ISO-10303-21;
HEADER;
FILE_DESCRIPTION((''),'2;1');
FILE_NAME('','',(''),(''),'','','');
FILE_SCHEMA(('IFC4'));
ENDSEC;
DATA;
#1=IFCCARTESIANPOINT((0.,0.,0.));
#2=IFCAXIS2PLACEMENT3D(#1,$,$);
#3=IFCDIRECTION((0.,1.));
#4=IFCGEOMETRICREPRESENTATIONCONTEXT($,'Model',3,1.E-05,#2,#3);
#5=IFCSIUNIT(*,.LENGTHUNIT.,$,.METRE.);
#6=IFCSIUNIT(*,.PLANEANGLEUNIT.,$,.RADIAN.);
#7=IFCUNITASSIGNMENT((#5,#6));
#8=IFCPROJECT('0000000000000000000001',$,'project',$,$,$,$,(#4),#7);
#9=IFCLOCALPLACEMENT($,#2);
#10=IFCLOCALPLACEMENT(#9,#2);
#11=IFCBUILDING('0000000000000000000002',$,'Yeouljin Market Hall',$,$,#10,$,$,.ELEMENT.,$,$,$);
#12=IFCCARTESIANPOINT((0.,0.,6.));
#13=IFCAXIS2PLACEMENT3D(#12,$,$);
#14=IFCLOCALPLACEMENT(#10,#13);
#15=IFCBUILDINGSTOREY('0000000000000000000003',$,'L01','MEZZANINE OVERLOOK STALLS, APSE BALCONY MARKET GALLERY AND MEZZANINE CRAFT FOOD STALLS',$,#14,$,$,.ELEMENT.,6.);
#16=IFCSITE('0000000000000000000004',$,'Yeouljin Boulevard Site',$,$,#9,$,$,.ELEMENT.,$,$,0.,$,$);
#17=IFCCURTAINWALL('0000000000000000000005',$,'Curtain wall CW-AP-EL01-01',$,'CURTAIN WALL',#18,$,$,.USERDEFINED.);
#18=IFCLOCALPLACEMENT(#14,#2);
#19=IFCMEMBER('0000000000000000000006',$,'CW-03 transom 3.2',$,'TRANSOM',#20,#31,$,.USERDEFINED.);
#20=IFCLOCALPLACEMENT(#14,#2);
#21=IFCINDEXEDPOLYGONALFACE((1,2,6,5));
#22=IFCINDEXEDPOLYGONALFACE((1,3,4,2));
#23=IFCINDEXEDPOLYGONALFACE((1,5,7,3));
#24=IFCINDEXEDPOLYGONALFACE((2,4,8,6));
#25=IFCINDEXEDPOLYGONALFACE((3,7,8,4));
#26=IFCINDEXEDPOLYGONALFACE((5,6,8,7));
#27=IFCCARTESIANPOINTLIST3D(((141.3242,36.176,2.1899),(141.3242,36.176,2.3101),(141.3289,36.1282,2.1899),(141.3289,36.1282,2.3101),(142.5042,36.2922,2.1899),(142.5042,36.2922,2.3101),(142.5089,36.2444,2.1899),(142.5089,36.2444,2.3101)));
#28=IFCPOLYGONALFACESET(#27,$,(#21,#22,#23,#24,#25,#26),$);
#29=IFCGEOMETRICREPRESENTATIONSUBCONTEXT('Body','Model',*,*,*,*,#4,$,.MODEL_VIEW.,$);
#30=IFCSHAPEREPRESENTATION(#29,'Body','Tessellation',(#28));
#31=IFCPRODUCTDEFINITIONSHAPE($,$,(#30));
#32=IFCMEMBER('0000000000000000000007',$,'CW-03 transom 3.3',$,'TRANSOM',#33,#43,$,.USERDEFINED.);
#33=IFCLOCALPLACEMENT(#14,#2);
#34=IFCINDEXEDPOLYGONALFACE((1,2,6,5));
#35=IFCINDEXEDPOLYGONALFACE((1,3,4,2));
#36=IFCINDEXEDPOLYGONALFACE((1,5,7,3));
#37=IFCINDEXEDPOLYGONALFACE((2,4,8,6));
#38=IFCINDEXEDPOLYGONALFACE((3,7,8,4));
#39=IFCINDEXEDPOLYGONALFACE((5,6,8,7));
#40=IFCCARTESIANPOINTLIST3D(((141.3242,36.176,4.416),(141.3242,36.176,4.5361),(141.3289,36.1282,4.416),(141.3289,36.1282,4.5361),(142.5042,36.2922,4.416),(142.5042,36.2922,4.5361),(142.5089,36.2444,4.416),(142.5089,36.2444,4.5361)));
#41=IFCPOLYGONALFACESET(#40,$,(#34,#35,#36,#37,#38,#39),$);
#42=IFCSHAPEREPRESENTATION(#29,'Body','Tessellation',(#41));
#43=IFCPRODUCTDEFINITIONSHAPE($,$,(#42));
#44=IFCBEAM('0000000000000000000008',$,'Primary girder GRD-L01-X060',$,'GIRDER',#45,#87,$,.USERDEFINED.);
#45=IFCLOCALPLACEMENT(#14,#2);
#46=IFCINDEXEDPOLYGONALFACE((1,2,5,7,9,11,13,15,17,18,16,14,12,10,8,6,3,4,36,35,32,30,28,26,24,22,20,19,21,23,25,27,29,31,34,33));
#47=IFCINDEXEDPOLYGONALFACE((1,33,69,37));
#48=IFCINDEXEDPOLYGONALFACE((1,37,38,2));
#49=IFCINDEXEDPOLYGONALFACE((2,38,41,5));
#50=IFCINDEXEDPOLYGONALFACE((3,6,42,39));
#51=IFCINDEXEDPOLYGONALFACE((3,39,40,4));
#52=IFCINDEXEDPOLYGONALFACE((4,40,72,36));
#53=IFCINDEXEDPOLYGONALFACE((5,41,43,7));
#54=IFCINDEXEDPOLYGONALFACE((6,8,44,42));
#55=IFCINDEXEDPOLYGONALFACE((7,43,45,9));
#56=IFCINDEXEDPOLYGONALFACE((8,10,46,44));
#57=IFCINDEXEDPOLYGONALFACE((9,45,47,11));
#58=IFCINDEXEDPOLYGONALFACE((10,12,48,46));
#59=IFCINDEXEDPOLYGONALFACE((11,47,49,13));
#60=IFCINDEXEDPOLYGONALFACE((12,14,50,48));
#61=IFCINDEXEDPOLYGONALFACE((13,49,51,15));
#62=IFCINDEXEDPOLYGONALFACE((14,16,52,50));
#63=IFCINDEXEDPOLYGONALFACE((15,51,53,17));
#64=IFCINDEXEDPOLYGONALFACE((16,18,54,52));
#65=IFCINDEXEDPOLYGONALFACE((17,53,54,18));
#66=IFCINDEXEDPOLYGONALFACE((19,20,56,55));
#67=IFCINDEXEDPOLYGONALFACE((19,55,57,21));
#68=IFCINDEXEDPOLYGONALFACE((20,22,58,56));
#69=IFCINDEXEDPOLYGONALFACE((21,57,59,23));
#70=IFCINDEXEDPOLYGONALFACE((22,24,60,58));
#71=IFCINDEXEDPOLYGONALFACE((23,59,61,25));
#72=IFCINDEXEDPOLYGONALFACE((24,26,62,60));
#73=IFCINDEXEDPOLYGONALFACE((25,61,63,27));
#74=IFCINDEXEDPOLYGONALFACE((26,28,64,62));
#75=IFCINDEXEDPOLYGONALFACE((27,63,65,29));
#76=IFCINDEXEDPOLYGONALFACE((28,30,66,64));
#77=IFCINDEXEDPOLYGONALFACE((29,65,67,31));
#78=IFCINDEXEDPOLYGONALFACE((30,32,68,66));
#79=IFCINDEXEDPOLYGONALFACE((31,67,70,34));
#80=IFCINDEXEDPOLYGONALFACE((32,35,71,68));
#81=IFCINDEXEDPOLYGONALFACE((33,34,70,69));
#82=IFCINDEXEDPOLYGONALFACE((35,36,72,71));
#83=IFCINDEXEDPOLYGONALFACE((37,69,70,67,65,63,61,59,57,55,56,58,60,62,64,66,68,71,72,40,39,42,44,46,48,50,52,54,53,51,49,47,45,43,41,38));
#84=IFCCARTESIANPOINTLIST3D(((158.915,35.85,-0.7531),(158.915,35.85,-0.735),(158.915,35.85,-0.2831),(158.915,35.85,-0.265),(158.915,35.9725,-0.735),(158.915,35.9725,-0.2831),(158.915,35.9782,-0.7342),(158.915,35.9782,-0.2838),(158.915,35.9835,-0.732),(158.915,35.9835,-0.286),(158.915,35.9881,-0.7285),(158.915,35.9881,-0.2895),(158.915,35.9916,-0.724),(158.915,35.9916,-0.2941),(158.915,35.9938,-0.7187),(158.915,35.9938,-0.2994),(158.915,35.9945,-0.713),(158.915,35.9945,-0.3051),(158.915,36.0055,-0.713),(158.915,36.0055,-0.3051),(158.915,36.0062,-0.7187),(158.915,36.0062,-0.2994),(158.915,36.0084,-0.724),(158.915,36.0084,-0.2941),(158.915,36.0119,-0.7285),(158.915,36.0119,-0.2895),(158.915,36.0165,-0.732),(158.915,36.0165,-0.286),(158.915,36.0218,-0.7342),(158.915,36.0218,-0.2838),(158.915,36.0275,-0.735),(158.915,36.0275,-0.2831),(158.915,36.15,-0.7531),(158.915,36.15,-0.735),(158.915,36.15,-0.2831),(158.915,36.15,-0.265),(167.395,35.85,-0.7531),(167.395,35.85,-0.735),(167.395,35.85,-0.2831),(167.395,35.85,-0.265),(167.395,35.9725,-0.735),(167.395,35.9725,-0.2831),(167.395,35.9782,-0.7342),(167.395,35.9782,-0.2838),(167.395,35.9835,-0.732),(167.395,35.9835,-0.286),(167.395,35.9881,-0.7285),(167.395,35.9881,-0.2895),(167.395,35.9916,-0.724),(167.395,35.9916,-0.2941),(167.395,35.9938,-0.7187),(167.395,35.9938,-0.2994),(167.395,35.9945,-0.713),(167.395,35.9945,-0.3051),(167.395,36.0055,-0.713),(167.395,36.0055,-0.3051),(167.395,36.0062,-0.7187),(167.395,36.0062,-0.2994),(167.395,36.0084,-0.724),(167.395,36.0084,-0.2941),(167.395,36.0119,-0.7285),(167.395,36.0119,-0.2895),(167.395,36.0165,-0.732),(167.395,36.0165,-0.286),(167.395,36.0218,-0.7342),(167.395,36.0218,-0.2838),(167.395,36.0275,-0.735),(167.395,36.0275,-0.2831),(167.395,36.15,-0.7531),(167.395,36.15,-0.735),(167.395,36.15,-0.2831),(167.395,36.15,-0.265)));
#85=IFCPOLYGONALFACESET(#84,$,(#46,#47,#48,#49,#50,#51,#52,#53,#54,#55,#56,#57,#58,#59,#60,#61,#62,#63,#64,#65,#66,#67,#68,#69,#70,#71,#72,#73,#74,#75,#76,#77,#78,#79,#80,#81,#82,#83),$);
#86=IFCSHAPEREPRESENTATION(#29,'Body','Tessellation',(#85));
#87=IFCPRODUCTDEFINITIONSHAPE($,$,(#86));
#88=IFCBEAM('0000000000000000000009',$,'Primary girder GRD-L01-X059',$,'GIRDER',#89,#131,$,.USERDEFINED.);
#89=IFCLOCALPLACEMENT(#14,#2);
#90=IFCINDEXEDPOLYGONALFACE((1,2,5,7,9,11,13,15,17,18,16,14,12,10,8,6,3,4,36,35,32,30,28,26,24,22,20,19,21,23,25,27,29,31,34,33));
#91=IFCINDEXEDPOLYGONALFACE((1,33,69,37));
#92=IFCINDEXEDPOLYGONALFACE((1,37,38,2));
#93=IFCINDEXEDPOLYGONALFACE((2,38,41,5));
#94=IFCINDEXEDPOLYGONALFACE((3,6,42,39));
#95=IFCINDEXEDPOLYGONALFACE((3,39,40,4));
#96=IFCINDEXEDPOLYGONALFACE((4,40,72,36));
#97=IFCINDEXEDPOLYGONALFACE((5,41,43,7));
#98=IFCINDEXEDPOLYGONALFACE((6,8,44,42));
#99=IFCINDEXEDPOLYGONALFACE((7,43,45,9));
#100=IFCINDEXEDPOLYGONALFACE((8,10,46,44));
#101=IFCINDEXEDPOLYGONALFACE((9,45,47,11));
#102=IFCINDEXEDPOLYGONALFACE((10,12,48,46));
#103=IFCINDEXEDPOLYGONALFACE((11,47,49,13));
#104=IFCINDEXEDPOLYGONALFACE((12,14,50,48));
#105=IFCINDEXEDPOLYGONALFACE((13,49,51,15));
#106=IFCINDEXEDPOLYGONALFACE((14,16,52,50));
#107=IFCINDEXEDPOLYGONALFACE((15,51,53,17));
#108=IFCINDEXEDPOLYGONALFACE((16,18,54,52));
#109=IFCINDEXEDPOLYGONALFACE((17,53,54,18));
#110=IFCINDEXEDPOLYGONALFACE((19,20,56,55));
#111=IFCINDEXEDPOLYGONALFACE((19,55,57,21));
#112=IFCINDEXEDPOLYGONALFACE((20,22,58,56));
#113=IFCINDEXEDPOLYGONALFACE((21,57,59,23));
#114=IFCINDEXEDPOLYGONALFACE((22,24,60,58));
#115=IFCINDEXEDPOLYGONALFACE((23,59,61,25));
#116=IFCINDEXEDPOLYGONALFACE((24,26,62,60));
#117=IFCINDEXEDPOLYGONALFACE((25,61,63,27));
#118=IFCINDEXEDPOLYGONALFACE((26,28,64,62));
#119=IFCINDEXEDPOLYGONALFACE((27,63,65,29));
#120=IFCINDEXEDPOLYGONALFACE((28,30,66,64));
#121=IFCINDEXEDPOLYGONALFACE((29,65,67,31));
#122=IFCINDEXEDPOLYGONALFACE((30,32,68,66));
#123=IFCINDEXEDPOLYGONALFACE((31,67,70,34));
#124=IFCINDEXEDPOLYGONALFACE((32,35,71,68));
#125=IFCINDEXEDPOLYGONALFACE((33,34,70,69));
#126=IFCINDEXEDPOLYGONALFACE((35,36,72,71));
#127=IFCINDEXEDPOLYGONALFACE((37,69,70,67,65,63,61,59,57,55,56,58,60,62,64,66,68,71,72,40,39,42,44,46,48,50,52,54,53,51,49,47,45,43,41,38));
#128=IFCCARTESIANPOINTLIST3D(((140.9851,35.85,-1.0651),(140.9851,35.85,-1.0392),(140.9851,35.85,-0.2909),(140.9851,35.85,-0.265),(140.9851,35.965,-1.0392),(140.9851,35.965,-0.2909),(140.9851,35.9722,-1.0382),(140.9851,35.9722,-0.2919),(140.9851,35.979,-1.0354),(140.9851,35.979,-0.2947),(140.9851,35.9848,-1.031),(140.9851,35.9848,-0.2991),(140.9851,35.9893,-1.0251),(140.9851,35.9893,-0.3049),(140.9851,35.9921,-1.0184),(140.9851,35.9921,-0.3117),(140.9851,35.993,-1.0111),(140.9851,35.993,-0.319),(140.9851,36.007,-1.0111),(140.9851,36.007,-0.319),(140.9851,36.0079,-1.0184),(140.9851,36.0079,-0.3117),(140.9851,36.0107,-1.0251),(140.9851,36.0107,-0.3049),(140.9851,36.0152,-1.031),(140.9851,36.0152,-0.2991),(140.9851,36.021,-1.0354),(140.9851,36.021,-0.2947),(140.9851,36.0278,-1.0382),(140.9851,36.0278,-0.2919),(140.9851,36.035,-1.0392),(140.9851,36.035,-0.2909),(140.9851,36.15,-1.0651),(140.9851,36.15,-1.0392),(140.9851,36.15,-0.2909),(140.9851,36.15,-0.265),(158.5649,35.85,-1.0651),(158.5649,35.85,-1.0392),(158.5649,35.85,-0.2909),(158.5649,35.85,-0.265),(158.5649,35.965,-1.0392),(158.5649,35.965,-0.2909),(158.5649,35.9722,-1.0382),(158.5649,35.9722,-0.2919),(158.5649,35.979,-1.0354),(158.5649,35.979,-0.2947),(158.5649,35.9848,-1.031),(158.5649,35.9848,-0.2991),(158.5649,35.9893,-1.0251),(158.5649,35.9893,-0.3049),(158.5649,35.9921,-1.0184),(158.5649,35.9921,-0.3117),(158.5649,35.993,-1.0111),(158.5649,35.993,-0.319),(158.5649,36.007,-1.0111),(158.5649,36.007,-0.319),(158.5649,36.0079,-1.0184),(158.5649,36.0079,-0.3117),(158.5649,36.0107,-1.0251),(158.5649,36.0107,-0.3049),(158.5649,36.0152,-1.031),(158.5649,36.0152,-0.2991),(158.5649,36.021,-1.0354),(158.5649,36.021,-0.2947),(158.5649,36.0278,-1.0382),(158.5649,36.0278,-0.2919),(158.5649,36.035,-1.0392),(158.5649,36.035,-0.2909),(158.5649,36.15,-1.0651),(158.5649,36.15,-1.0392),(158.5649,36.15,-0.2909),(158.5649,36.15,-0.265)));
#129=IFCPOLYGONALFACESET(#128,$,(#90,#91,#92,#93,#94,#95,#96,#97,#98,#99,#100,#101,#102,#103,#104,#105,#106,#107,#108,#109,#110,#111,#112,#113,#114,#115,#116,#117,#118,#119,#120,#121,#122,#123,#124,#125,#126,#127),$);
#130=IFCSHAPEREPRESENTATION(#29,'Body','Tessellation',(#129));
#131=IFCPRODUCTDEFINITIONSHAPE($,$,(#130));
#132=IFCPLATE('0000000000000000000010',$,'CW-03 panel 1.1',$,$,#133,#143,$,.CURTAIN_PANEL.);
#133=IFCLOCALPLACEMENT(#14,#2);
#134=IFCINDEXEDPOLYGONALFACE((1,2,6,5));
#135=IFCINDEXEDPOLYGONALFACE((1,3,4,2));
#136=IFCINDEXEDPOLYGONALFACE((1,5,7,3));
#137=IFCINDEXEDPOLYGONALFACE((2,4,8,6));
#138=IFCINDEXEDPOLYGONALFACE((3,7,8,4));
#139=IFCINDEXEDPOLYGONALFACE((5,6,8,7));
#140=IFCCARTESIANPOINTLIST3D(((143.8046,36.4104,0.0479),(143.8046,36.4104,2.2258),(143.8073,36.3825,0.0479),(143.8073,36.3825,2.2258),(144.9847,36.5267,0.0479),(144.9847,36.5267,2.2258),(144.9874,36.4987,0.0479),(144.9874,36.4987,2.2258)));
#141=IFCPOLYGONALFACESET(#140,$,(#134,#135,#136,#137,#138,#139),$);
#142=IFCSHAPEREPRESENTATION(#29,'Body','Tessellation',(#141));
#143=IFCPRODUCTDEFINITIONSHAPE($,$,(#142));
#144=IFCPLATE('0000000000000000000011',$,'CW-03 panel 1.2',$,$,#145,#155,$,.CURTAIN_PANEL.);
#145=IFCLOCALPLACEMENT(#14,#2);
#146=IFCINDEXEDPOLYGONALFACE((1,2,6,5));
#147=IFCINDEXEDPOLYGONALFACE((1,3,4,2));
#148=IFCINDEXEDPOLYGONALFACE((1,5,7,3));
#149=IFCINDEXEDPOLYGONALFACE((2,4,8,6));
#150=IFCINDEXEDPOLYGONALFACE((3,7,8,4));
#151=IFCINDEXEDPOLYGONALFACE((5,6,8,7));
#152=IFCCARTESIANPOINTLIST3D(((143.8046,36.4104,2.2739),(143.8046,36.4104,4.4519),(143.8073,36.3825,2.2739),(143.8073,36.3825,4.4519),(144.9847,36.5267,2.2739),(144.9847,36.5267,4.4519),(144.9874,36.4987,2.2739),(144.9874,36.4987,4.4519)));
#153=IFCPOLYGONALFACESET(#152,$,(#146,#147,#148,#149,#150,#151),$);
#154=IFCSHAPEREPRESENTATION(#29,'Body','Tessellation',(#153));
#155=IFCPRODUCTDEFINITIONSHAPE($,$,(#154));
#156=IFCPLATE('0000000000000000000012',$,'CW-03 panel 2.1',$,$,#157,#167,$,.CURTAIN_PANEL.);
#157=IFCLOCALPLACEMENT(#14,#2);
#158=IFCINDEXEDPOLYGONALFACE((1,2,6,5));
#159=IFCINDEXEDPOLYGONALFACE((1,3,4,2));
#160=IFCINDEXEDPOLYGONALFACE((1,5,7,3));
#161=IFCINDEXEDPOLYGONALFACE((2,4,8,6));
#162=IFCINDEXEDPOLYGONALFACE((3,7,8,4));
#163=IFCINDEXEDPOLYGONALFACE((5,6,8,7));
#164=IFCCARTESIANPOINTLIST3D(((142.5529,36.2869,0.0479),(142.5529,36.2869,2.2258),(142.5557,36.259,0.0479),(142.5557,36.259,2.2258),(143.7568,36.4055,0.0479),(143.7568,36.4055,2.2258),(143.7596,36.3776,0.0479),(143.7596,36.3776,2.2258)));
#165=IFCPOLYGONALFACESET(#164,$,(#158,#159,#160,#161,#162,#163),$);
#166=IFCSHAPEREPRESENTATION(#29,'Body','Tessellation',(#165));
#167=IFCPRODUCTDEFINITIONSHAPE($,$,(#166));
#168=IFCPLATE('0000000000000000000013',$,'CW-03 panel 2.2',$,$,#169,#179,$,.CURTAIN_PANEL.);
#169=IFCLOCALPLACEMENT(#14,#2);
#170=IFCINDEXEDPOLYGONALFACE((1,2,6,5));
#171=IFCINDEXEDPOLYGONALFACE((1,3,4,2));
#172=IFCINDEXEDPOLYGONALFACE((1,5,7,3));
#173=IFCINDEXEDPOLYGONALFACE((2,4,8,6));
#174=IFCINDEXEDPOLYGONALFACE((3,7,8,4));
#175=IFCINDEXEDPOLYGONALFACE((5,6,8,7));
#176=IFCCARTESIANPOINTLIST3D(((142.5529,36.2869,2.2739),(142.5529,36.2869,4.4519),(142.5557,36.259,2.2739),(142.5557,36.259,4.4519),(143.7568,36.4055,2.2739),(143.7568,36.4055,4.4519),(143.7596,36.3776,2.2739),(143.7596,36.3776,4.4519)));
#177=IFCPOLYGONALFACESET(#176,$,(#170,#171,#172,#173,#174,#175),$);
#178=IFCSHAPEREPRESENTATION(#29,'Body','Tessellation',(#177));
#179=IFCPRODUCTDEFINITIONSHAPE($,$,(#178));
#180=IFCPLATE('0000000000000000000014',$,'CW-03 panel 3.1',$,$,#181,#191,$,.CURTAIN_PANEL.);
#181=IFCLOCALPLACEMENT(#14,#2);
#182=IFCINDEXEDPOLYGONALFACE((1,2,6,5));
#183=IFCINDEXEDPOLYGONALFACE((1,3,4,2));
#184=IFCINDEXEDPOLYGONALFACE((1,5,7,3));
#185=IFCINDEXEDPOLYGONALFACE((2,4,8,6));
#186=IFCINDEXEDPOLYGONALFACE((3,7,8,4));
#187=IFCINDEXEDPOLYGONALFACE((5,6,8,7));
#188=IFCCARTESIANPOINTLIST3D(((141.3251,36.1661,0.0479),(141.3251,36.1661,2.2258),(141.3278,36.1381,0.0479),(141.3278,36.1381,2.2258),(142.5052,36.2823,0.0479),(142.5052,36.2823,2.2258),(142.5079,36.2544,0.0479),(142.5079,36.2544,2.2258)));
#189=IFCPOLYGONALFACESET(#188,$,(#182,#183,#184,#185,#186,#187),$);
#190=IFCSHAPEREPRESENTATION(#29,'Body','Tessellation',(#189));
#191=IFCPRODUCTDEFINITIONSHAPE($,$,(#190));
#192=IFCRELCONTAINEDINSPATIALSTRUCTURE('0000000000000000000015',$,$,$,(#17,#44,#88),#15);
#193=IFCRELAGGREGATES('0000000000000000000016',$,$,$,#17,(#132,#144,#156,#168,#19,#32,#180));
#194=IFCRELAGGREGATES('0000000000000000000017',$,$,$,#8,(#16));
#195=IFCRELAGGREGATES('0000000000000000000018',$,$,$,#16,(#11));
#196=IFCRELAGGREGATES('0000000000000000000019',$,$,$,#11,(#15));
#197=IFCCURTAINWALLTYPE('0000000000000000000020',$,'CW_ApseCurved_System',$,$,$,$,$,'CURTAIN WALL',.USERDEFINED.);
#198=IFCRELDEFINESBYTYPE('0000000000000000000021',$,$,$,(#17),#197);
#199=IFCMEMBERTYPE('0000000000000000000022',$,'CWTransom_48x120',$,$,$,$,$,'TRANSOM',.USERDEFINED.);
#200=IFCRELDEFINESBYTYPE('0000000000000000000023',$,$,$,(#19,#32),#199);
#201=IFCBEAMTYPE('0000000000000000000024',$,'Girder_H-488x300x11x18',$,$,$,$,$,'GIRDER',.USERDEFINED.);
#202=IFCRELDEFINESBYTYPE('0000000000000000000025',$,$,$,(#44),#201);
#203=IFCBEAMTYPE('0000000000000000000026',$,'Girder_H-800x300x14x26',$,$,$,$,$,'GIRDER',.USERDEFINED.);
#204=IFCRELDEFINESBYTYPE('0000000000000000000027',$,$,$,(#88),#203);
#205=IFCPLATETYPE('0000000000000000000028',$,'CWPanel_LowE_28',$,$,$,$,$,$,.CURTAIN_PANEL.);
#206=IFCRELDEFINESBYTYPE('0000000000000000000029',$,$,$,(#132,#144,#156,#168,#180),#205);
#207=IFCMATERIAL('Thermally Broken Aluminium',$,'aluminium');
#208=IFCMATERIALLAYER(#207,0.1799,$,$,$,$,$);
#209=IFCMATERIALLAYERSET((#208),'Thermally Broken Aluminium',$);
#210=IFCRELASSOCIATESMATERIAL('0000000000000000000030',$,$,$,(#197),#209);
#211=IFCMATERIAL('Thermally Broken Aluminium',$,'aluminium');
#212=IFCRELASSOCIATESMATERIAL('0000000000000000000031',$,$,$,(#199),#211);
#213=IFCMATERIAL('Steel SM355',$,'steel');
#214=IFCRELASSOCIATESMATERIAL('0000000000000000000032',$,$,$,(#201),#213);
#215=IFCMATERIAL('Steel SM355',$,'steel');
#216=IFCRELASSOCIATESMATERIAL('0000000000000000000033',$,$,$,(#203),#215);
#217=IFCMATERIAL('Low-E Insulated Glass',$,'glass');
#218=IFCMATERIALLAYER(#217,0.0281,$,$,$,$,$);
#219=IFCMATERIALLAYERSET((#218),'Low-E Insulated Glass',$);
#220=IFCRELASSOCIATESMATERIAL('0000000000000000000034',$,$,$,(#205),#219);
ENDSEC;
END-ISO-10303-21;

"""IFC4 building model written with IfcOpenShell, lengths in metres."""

from ifc_helpers import new_model, si_unit, direction, frame, origin, origin_2d, place, context, subcontext, project, spatial, rectangle, i_section, extrude, material, layer, layer_set, material_profile, profile_set, type_object, element, aggregate, save


model = new_model("IFC4")

# Units and contexts
model_context = context("Model", 3, precision=1e-05, world=origin(), true_north=direction((0.0, 1.0)))
body_context = subcontext(model_context, "Body", "Model", "MODEL_VIEW")
ifc_project = project(units=[si_unit("LENGTHUNIT", "METRE"), si_unit("PLANEANGLEUNIT", "RADIAN")], contexts=[model_context])

# Site, building, storey
site_placement = place(None, origin())
site = spatial("IfcSite", under=ifc_project, at=site_placement, Name="Yeouljin Boulevard Site", CompositionType="ELEMENT", RefElevation=0.0)
building_placement = place(site_placement, origin())
building = spatial("IfcBuilding", under=site, at=building_placement, Name="Yeouljin Market Hall", CompositionType="ELEMENT")
storey_placement = place(building_placement, frame((0.0, 0.0, 6.0)))
storey = spatial("IfcBuildingStorey", under=building, at=storey_placement, Name="L01", Description="MEZZANINE OVERLOOK STALLS, APSE BALCONY MARKET GALLERY AND MEZZANINE CRAFT FOOD STALLS", CompositionType="ELEMENT", Elevation=6.0)

# Curtain wall, members
ifc_material_1 = material(Name="Thermally Broken Aluminium", Category="aluminium")
ifc_layer_1 = layer(ifc_material_1, 0.1799)
ifc_layer_set_1 = layer_set([ifc_layer_1], Name="Thermally Broken Aluminium")
curtain_wall_type = type_object("IfcCurtainWallType", Name="CW_ApseCurved_System", ElementType="CURTAIN WALL", PredefinedType="USERDEFINED", material=ifc_layer_set_1)
curtain_wall_placement = place(storey_placement, origin())
curtain_wall = element("IfcCurtainWall", 1, at=curtain_wall_placement, inside=storey, type_object=curtain_wall_type, Name="Curtain wall CW-AP-EL01-01", ObjectType="CURTAIN WALL", PredefinedType="USERDEFINED")
ifc_material_2 = material(Name="Thermally Broken Aluminium", Category="aluminium")
ifc_material_profile_1 = material_profile(ifc_material_2, rectangle(XDim=0.0481, YDim=0.1201, at=origin_2d()), Name="CW-TRAN-48x120")
ifc_profile_set_1 = profile_set([ifc_material_profile_1], Name="Thermally Broken Aluminium")
member_type_1 = type_object("IfcMemberType", Name="CWTransom_48x120", ElementType="TRANSOM", PredefinedType="USERDEFINED", material=ifc_profile_set_1)
member_1_placement = place(storey_placement, frame((142.5066, 36.2683, 2.25), z_axis=(-0.995187, -0.097995, 0.0), x_axis=(0.097995, -0.995187, 0.0)))
member_1 = element("IfcMember", 2, at=member_1_placement, type_object=member_type_1, Name="CW-03 transom 3.2", ObjectType="TRANSOM", PredefinedType="USERDEFINED", context=body_context, shape_type="SweptSolid", body=[
    extrude(rectangle(XDim=0.0481, YDim=0.1201, at=origin_2d()), origin(), (0.0, 0.0, 1.0), 1.1858),
])
member_2_placement = place(storey_placement, frame((142.5066, 36.2683, 4.4761), z_axis=(-0.995187, -0.097995, 0.0), x_axis=(0.097995, -0.995187, 0.0)))
member_2 = element("IfcMember", 3, at=member_2_placement, type_object=member_type_1, Name="CW-03 transom 3.3", ObjectType="TRANSOM", PredefinedType="USERDEFINED", context=body_context, shape_type="SweptSolid", body=[
    extrude(rectangle(XDim=0.0481, YDim=0.1201, at=origin_2d()), origin(), (0.0, 0.0, 1.0), 1.1858),
])

# Beams
ifc_material_3 = material(Name="Steel SM355", Category="steel")
ifc_material_profile_2 = material_profile(ifc_material_3, i_section(OverallWidth=0.3, OverallDepth=0.488, WebThickness=0.011, FlangeThickness=0.0181, FilletRadius=0.022, at=origin_2d()), Name="H-488x300x11x18")
ifc_profile_set_2 = profile_set([ifc_material_profile_2], Name="Steel SM355")
beam_type_1 = type_object("IfcBeamType", Name="Girder_H-488x300x11x18", ElementType="GIRDER", PredefinedType="USERDEFINED", material=ifc_profile_set_2)
beam_1_placement = place(storey_placement, frame((158.915, 36.0, -0.509), z_axis=(1.0, 0.0, 0.0), x_axis=(0.0, 1.0, 0.0)))
element("IfcBeam", 4, at=beam_1_placement, inside=storey, type_object=beam_type_1, Name="Primary girder GRD-L01-X060", ObjectType="GIRDER", PredefinedType="USERDEFINED", context=body_context, shape_type="SweptSolid", body=[
    extrude(i_section(OverallWidth=0.3, OverallDepth=0.488, WebThickness=0.011, FlangeThickness=0.0181, FilletRadius=0.022, at=origin_2d()), origin(), (0.0, 0.0, 1.0), 8.48),
])
ifc_material_4 = material(Name="Steel SM355", Category="steel")
ifc_material_profile_3 = material_profile(ifc_material_4, i_section(OverallWidth=0.3, OverallDepth=0.8, WebThickness=0.0139, FlangeThickness=0.0259, FilletRadius=0.0281, at=origin_2d()), Name="H-800x300x14x26")
ifc_profile_set_3 = profile_set([ifc_material_profile_3], Name="Steel SM355")
beam_type_2 = type_object("IfcBeamType", Name="Girder_H-800x300x14x26", ElementType="GIRDER", PredefinedType="USERDEFINED", material=ifc_profile_set_3)
beam_2_placement = place(storey_placement, frame((140.9851, 36.0, -0.665), z_axis=(1.0, 0.0, 0.0), x_axis=(0.0, 1.0, 0.0)))
element("IfcBeam", 5, at=beam_2_placement, inside=storey, type_object=beam_type_2, Name="Primary girder GRD-L01-X059", ObjectType="GIRDER", PredefinedType="USERDEFINED", context=body_context, shape_type="SweptSolid", body=[
    extrude(i_section(OverallWidth=0.3, OverallDepth=0.8, WebThickness=0.0139, FlangeThickness=0.0259, FilletRadius=0.0281, at=origin_2d()), origin(), (0.0, 0.0, 1.0), 17.5798),
])

# Plates
ifc_material_5 = material(Name="Low-E Insulated Glass", Category="glass")
ifc_layer_2 = layer(ifc_material_5, 0.0281)
ifc_layer_set_2 = layer_set([ifc_layer_2], Name="Low-E Insulated Glass")
plate_type_1 = type_object("IfcPlateType", Name="CWPanel_LowE_28", PredefinedType="CURTAIN_PANEL", material=ifc_layer_set_2)
plate_1_placement = place(storey_placement, frame((144.396, 36.4546, 0.0479), z_axis=(0.0, 0.0, 1.0), x_axis=(-0.995183, -0.098034, 0.0)))
plate_1 = element("IfcPlate", 6, at=plate_1_placement, type_object=plate_type_1, Name="CW-03 panel 1.1", PredefinedType="CURTAIN_PANEL", context=body_context, shape_type="SweptSolid", body=[
    extrude(rectangle(XDim=1.1858, YDim=0.0281, at=origin_2d()), origin(), (0.0, 0.0, 1.0), 2.178),
])
plate_2_placement = place(storey_placement, frame((144.396, 36.4546, 2.2739), z_axis=(0.0, 0.0, 1.0), x_axis=(-0.995183, -0.098034, 0.0)))
plate_2 = element("IfcPlate", 7, at=plate_2_placement, type_object=plate_type_1, Name="CW-03 panel 1.2", PredefinedType="CURTAIN_PANEL", context=body_context, shape_type="SweptSolid", body=[
    extrude(rectangle(XDim=1.1858, YDim=0.0281, at=origin_2d()), origin(), (0.0, 0.0, 1.0), 2.178),
])
plate_3_placement = place(storey_placement, frame((143.1562, 36.3323, 0.0479), z_axis=(0.0, 0.0, 1.0), x_axis=(-0.995183, -0.098034, 0.0)))
plate_3 = element("IfcPlate", 8, at=plate_3_placement, type_object=plate_type_1, Name="CW-03 panel 2.1", PredefinedType="CURTAIN_PANEL", context=body_context, shape_type="SweptSolid", body=[
    extrude(rectangle(XDim=1.2097, YDim=0.0281, at=origin_2d()), origin(), (0.0, 0.0, 1.0), 2.178),
])
plate_4_placement = place(storey_placement, frame((143.1562, 36.3323, 2.2739), z_axis=(0.0, 0.0, 1.0), x_axis=(-0.995183, -0.098034, 0.0)))
plate_4 = element("IfcPlate", 9, at=plate_4_placement, type_object=plate_type_1, Name="CW-03 panel 2.2", PredefinedType="CURTAIN_PANEL", context=body_context, shape_type="SweptSolid", body=[
    extrude(rectangle(XDim=1.2097, YDim=0.0281, at=origin_2d()), origin(), (0.0, 0.0, 1.0), 2.178),
])
plate_5_placement = place(storey_placement, frame((141.9165, 36.2102, 0.0479), z_axis=(0.0, 0.0, 1.0), x_axis=(-0.995183, -0.098034, 0.0)))
plate_5 = element("IfcPlate", 10, at=plate_5_placement, type_object=plate_type_1, Name="CW-03 panel 3.1", PredefinedType="CURTAIN_PANEL", context=body_context, shape_type="SweptSolid", body=[
    extrude(rectangle(XDim=1.1858, YDim=0.0281, at=origin_2d()), origin(), (0.0, 0.0, 1.0), 2.178),
])
aggregate(curtain_wall, [plate_1, plate_2, plate_3, plate_4, member_1, member_2, plate_5])

save(model, "model.ifc")
